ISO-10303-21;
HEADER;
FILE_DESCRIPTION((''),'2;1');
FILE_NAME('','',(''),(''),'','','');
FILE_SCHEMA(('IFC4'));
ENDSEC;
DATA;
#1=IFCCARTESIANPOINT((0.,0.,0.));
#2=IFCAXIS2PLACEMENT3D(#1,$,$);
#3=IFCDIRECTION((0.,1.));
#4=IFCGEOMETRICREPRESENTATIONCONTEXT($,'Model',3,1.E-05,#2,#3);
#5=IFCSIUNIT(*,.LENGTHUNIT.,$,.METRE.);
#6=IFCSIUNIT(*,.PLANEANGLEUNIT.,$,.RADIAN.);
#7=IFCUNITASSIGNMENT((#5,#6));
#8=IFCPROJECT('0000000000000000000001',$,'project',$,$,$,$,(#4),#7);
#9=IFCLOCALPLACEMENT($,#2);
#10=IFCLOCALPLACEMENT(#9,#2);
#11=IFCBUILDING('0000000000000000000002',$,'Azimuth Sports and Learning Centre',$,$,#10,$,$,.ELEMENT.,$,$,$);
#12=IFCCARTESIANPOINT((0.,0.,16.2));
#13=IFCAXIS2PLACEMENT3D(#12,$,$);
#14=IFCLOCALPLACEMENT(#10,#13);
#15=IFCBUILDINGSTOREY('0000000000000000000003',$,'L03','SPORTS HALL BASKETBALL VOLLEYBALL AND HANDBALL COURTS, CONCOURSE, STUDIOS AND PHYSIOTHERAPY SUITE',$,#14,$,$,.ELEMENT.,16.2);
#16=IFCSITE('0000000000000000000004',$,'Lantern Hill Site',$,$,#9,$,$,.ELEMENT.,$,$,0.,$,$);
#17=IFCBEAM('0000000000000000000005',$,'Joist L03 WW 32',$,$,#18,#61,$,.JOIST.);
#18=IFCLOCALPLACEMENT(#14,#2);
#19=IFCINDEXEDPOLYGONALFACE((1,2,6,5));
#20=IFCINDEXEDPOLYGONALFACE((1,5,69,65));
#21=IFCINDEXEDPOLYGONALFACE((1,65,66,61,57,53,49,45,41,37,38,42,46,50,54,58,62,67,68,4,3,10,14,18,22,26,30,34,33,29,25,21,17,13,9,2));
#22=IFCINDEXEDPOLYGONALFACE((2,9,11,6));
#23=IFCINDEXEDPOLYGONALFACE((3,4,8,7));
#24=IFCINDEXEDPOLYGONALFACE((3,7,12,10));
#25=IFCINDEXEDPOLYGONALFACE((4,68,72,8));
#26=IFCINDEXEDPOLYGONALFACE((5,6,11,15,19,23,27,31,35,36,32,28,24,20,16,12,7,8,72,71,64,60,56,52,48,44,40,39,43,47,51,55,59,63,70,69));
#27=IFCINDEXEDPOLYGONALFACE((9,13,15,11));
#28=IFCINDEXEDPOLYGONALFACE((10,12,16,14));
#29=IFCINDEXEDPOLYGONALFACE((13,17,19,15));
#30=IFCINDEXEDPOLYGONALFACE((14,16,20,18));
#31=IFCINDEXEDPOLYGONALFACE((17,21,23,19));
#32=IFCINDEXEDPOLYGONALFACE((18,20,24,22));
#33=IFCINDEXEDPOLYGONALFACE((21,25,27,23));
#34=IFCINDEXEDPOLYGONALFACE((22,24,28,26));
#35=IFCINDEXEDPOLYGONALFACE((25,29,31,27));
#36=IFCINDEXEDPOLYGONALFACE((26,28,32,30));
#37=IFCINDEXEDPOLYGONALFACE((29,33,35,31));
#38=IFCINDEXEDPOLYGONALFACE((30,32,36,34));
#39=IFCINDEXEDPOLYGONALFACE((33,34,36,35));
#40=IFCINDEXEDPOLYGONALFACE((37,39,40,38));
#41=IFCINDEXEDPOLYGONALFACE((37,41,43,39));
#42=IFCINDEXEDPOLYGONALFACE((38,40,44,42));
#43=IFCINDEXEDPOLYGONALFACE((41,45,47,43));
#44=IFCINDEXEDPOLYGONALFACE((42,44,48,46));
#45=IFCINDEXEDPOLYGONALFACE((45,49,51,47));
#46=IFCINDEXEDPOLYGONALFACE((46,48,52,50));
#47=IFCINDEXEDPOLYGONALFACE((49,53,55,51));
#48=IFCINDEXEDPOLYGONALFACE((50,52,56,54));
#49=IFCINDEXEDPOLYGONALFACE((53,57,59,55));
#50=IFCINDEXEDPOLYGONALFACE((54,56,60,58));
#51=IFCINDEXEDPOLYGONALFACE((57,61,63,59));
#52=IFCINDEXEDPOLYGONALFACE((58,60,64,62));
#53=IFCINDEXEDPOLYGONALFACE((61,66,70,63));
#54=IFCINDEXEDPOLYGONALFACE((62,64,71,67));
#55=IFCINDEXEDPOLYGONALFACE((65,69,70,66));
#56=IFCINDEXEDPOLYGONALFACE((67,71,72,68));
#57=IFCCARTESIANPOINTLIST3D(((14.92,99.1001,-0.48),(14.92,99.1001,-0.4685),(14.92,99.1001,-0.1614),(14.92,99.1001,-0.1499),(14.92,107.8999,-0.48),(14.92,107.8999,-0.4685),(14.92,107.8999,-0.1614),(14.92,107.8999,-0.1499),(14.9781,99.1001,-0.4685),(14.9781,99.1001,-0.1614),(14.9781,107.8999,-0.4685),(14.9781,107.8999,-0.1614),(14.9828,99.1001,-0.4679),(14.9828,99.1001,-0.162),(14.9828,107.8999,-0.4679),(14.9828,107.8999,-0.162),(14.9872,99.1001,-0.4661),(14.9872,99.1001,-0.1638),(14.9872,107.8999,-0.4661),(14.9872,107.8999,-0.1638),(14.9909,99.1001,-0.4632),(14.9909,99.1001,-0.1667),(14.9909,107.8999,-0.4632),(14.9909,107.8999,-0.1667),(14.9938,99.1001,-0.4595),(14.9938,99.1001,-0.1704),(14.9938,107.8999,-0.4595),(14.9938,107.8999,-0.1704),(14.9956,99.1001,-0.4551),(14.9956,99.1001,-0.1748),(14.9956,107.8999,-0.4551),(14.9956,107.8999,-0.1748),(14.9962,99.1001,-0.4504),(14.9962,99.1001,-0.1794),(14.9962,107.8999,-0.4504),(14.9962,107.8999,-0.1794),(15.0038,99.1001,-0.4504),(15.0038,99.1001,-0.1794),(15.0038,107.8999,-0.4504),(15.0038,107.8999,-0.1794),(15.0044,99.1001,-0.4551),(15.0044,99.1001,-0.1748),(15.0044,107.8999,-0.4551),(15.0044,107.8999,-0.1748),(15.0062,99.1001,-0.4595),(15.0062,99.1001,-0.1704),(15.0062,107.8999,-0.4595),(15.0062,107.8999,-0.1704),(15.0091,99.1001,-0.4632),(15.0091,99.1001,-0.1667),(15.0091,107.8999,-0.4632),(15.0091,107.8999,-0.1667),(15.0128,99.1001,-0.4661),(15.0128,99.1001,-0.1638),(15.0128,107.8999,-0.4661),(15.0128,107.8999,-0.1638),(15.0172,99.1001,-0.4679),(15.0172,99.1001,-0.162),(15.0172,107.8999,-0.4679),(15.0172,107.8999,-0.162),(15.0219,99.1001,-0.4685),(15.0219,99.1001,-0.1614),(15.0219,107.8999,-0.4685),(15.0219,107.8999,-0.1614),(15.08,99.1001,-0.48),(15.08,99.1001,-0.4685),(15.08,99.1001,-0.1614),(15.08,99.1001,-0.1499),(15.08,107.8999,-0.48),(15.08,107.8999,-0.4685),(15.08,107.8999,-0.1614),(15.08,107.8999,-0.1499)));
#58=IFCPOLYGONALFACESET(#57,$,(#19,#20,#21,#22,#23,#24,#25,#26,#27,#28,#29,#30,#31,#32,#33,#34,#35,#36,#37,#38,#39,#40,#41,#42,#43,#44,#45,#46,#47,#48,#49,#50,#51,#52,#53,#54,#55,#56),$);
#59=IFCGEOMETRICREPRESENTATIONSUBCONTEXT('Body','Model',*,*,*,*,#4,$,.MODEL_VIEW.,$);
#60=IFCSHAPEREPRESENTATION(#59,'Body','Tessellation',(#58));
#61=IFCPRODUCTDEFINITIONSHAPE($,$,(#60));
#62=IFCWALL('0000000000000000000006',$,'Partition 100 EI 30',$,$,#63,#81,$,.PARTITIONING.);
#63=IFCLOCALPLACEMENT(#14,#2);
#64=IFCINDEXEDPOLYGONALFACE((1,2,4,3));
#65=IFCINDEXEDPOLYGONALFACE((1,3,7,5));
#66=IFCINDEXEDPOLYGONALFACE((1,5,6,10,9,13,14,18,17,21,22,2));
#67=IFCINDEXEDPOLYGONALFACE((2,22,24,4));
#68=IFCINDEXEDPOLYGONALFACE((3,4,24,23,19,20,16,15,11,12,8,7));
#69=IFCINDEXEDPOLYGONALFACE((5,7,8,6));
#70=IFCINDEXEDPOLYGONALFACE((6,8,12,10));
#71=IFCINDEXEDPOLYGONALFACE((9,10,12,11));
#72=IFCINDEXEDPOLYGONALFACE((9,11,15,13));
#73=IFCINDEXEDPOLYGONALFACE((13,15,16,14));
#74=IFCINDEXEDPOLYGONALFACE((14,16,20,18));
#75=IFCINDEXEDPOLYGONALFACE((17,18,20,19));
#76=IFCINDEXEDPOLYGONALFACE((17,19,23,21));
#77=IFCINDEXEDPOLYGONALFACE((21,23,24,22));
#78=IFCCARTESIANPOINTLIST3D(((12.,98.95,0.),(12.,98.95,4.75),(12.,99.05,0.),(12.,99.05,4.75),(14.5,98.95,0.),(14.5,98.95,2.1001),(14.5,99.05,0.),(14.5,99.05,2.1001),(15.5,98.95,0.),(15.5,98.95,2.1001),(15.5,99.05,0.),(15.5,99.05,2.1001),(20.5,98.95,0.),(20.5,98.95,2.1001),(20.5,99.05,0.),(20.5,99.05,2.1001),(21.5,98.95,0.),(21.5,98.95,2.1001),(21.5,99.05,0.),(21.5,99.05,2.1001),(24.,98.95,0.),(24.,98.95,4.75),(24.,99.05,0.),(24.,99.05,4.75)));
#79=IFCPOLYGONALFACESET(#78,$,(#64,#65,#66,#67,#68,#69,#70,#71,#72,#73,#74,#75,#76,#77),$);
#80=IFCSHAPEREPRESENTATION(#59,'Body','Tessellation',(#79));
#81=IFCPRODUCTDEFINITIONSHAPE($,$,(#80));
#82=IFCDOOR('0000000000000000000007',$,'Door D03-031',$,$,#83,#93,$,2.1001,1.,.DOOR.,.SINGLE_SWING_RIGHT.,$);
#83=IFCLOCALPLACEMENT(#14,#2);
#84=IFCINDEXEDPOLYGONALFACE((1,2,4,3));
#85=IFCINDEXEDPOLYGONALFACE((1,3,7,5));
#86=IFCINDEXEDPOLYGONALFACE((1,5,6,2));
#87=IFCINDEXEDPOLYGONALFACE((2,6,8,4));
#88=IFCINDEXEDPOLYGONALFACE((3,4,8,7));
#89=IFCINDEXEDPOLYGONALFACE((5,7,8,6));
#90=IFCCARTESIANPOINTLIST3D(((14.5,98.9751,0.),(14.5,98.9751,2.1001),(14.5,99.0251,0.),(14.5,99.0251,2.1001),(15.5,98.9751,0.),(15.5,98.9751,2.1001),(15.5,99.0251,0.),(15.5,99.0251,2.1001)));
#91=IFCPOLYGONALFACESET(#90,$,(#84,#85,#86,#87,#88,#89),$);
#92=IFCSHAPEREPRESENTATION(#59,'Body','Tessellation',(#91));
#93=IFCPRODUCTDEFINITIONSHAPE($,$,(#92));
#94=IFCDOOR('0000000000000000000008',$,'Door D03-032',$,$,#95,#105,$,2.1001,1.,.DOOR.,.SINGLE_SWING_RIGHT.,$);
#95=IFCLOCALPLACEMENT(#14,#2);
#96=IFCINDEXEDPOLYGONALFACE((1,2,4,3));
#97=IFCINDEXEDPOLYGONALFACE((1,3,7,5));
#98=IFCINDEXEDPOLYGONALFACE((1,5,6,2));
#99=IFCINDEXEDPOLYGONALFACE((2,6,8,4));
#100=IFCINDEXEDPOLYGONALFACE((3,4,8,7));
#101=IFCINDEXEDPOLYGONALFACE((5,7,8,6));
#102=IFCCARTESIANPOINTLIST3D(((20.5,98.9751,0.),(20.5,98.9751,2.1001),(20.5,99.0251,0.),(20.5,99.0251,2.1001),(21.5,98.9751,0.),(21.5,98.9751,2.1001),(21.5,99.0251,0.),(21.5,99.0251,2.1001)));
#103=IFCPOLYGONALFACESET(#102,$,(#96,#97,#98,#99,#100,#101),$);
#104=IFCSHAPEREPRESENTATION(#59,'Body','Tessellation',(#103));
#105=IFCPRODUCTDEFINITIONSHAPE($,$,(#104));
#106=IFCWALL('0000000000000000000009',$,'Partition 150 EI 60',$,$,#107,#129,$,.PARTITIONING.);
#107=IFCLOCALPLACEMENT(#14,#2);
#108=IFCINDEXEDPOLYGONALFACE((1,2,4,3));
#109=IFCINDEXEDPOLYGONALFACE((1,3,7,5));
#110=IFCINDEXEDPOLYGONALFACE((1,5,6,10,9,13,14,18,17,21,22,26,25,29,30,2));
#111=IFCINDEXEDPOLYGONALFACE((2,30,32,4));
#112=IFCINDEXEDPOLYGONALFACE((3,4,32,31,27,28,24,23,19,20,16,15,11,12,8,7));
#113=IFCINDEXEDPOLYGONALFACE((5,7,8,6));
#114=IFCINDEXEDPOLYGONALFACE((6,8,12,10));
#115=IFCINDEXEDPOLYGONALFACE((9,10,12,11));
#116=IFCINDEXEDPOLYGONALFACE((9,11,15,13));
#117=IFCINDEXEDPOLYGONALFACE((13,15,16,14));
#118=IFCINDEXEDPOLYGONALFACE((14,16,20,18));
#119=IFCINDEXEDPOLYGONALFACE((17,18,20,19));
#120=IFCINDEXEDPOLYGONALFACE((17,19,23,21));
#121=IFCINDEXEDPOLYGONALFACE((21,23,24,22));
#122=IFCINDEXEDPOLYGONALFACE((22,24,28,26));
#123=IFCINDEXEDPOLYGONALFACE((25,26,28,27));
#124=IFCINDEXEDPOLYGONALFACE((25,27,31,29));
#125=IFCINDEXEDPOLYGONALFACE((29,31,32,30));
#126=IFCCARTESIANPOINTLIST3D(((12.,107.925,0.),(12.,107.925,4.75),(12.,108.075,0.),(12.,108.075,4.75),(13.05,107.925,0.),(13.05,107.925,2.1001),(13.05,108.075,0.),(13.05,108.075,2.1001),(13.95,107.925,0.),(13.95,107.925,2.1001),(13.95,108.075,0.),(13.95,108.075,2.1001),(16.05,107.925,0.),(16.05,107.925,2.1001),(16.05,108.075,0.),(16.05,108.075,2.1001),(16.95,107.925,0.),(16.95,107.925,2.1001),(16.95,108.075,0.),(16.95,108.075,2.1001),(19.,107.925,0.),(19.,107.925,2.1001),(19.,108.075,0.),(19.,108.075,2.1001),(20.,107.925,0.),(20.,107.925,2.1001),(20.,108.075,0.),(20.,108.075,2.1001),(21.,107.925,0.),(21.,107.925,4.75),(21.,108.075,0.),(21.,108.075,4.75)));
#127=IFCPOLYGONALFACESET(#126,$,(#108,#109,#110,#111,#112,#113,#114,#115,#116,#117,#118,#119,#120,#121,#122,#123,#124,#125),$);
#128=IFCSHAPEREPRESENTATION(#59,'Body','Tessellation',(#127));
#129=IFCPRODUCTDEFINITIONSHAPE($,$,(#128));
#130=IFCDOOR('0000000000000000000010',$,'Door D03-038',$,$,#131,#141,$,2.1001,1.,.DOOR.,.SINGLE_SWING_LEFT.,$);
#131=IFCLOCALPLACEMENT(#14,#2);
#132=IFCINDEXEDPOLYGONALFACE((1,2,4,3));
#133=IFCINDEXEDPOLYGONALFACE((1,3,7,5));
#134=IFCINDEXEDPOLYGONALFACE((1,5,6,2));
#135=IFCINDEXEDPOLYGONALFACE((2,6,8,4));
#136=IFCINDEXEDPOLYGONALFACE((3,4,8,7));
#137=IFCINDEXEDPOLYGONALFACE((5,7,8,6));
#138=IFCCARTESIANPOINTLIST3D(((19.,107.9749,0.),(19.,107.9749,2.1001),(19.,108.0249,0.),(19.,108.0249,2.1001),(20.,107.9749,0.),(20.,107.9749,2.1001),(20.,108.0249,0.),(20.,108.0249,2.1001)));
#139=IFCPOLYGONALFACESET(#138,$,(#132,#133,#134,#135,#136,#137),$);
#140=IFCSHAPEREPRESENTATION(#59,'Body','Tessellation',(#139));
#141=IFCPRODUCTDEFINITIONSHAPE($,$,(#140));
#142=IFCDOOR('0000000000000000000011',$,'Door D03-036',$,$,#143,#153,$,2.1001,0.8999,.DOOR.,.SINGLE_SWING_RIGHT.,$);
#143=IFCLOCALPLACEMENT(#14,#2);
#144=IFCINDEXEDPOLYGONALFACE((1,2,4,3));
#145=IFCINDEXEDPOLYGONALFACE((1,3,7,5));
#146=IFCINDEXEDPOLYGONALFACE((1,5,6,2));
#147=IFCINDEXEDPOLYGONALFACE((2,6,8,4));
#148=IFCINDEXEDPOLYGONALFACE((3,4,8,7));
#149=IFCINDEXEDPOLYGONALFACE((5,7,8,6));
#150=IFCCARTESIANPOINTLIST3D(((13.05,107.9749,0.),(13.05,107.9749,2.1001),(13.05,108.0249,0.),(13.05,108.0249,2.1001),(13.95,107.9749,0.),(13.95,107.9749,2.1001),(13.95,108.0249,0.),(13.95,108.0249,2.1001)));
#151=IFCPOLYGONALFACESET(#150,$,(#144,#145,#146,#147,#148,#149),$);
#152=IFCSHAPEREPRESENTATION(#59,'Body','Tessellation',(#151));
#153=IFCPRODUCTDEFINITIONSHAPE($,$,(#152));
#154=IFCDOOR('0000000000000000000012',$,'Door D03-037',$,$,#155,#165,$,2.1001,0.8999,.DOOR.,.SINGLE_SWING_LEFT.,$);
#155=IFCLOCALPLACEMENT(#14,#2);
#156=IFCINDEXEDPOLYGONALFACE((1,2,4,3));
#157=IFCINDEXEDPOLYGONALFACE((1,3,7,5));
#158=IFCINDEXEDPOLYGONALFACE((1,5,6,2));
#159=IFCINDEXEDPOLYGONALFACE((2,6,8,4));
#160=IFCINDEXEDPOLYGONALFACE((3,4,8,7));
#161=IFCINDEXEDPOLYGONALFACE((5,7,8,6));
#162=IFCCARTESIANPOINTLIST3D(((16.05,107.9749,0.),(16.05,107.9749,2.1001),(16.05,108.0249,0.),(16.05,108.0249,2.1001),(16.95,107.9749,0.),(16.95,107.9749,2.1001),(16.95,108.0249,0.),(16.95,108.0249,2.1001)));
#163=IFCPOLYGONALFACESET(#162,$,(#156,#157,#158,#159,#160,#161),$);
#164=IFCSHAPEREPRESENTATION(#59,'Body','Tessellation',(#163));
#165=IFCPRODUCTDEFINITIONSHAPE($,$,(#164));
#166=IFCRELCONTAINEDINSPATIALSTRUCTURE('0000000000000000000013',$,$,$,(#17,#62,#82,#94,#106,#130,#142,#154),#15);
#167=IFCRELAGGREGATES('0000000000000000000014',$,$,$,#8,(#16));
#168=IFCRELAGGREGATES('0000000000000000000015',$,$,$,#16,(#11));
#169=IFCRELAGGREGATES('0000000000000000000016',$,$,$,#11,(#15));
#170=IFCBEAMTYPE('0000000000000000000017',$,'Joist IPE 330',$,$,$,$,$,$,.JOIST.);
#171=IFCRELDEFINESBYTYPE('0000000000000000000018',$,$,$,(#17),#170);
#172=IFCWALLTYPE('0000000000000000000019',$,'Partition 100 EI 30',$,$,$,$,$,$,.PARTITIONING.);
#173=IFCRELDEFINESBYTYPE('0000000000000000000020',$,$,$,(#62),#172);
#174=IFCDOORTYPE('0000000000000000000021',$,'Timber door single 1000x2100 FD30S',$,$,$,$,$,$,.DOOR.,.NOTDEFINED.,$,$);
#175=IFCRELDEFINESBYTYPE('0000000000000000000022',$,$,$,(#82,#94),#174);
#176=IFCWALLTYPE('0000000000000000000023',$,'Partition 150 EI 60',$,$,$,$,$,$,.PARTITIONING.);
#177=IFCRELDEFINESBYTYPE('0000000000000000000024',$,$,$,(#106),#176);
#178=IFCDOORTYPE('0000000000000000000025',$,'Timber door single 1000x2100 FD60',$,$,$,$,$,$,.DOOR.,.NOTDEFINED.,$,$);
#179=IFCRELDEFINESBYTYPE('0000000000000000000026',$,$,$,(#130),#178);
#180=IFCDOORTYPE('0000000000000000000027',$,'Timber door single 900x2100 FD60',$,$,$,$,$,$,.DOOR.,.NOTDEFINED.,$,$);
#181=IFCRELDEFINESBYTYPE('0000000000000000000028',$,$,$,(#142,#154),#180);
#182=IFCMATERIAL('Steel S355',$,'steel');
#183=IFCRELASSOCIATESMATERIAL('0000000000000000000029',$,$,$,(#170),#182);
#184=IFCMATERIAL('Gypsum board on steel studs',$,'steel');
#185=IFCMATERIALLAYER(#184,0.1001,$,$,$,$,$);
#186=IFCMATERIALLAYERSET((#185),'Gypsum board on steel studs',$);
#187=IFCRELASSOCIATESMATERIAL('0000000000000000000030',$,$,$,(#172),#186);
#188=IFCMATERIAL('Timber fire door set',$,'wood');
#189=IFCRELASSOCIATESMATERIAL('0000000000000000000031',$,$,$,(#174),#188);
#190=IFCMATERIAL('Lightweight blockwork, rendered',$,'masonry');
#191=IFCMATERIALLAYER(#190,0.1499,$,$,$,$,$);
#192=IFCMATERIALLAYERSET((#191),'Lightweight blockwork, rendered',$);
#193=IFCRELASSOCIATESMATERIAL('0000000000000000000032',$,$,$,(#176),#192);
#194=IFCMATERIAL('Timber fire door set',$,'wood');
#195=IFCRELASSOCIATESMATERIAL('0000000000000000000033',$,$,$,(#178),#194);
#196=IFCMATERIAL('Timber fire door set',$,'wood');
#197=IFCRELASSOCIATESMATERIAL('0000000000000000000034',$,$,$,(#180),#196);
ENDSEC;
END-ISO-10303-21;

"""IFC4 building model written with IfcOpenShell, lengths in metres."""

from ifc_helpers import new_model, si_unit, direction, frame, frame_2d, origin, origin_2d, place, context, subcontext, project, spatial, rectangle, i_section, extrude, material, layer, layer_set, material_profile, profile_set, type_object, element, fill, save


model = new_model("IFC4")

# Units and contexts
model_context = context("Model", 3, precision=1e-05, world=origin(), true_north=direction((0.0, 1.0)))
body_context = subcontext(model_context, "Body", "Model", "MODEL_VIEW")
ifc_project = project(units=[si_unit("LENGTHUNIT", "METRE"), si_unit("PLANEANGLEUNIT", "RADIAN")], contexts=[model_context])

# Site, building, storey
site_placement = place(None, origin())
site = spatial("IfcSite", under=ifc_project, at=site_placement, Name="Lantern Hill Site", CompositionType="ELEMENT", RefElevation=0.0)
building_placement = place(site_placement, origin())
building = spatial("IfcBuilding", under=site, at=building_placement, Name="Azimuth Sports and Learning Centre", CompositionType="ELEMENT")
storey_placement = place(building_placement, frame((0.0, 0.0, 16.2)))
storey = spatial("IfcBuildingStorey", under=building, at=storey_placement, Name="L03", Description="SPORTS HALL BASKETBALL VOLLEYBALL AND HANDBALL COURTS, CONCOURSE, STUDIOS AND PHYSIOTHERAPY SUITE", CompositionType="ELEMENT", Elevation=16.2)

# Beam
ifc_material_1 = material(Name="Steel S355", Category="steel")
ifc_material_profile_1 = material_profile(ifc_material_1, i_section(OverallWidth=0.1599, OverallDepth=0.3301, WebThickness=0.0076, FlangeThickness=0.0115, FilletRadius=0.0181, at=origin_2d()), Name="IPE 330")
ifc_profile_set_1 = profile_set([ifc_material_profile_1], Name="Steel S355")
beam_type_1 = type_object("IfcBeamType", Name="Joist IPE 330", PredefinedType="JOIST", material=ifc_profile_set_1)
beam_1_placement = place(storey_placement, frame((15.0, 99.1001, -0.3149), z_axis=(0.0, 1.0, 0.0), x_axis=(-1.0, 0.0, 0.0)))
element("IfcBeam", 1, at=beam_1_placement, inside=storey, type_object=beam_type_1, Name="Joist L03 WW 32", PredefinedType="JOIST", context=body_context, shape_type="SweptSolid", body=[
    extrude(i_section(OverallWidth=0.1599, OverallDepth=0.3301, WebThickness=0.0076, FlangeThickness=0.0115, FilletRadius=0.0181, at=origin_2d()), origin(), (0.0, 0.0, 1.0), 8.7998),
])

# Walls, openings, doors
ifc_material_2 = material(Name="Gypsum board on steel studs", Category="steel")
ifc_layer_1 = layer(ifc_material_2, 0.1001)
ifc_layer_set_1 = layer_set([ifc_layer_1], Name="Gypsum board on steel studs")
wall_type_1 = type_object("IfcWallType", Name="Partition 100 EI 30", PredefinedType="PARTITIONING", material=ifc_layer_set_1)
wall_1_placement = place(storey_placement, frame((12.0, 99.0, 0.0), z_axis=(0.0, 0.0, 1.0), x_axis=(1.0, 0.0, 0.0)))
wall_1 = element("IfcWall", 2, at=wall_1_placement, inside=storey, type_object=wall_type_1, Name="Partition 100 EI 30", PredefinedType="PARTITIONING", context=body_context, shape_type="SweptSolid", body=[
    extrude(rectangle(XDim=12.0, YDim=0.1001, at=frame_2d((6.0, 0.0))), origin(), (0.0, 0.0, 1.0), 4.75),
])
opening_1_placement = place(wall_1_placement, frame((2.5, 0.0, 0.0)))
opening_1 = element("IfcOpeningElement", 3, at=opening_1_placement, cuts=wall_1, PredefinedType="OPENING", context=body_context, shape_type="SweptSolid", body=[
    extrude(rectangle(XDim=1.0, YDim=2.1001, at=frame_2d((0.5, 1.05))), frame((0.0, 0.061, 0.0), z_axis=(0.0, -1.0, 0.0), x_axis=(1.0, 0.0, 0.0)), (0.0, 0.0, 1.0), 0.1221),
])
opening_2_placement = place(wall_1_placement, frame((8.5, 0.0, 0.0)))
opening_2 = element("IfcOpeningElement", 4, at=opening_2_placement, cuts=wall_1, PredefinedType="OPENING", context=body_context, shape_type="SweptSolid", body=[
    extrude(rectangle(XDim=1.0, YDim=2.1001, at=frame_2d((0.5, 1.05))), frame((0.0, 0.061, 0.0), z_axis=(0.0, -1.0, 0.0), x_axis=(1.0, 0.0, 0.0)), (0.0, 0.0, 1.0), 0.1221),
])
ifc_material_3 = material(Name="Timber fire door set", Category="wood")
door_type_1 = type_object("IfcDoorType", Name="Timber door single 1000x2100 FD30S", OperationType="NOTDEFINED", PredefinedType="DOOR", material=ifc_material_3)
door_1_placement = place(opening_1_placement, frame((1.0, 0.0, 0.0), z_axis=(0.0, 0.0, 1.0), x_axis=(-1.0, 0.0, 0.0)))
door_1 = element("IfcDoor", 5, at=door_1_placement, inside=storey, type_object=door_type_1, Name="Door D03-031", OperationType="SINGLE_SWING_RIGHT", OverallHeight=2.1001, OverallWidth=1.0, PredefinedType="DOOR", context=body_context, shape_type="SweptSolid", body=[
    extrude(rectangle(XDim=1.0, YDim=2.1001, at=frame_2d((0.5, 1.05))), frame((0.0, 0.0249, 0.0), z_axis=(0.0, -1.0, 0.0), x_axis=(1.0, 0.0, 0.0)), (0.0, 0.0, 1.0), 0.05),
])
fill(opening_1, door_1)
door_2_placement = place(opening_2_placement, frame((1.0, 0.0, 0.0), z_axis=(0.0, 0.0, 1.0), x_axis=(-1.0, 0.0, 0.0)))
door_2 = element("IfcDoor", 6, at=door_2_placement, inside=storey, type_object=door_type_1, Name="Door D03-032", OperationType="SINGLE_SWING_RIGHT", OverallHeight=2.1001, OverallWidth=1.0, PredefinedType="DOOR", context=body_context, shape_type="SweptSolid", body=[
    extrude(rectangle(XDim=1.0, YDim=2.1001, at=frame_2d((0.5, 1.05))), frame((0.0, 0.0249, 0.0), z_axis=(0.0, -1.0, 0.0), x_axis=(1.0, 0.0, 0.0)), (0.0, 0.0, 1.0), 0.05),
])
fill(opening_2, door_2)
ifc_material_4 = material(Name="Lightweight blockwork, rendered", Category="masonry")
ifc_layer_2 = layer(ifc_material_4, 0.1499)
ifc_layer_set_2 = layer_set([ifc_layer_2], Name="Lightweight blockwork, rendered")
wall_type_2 = type_object("IfcWallType", Name="Partition 150 EI 60", PredefinedType="PARTITIONING", material=ifc_layer_set_2)
wall_2_placement = place(storey_placement, frame((12.0, 108.0, 0.0), z_axis=(0.0, 0.0, 1.0), x_axis=(1.0, 0.0, 0.0)))
wall_2 = element("IfcWall", 7, at=wall_2_placement, inside=storey, type_object=wall_type_2, Name="Partition 150 EI 60", PredefinedType="PARTITIONING", context=body_context, shape_type="SweptSolid", body=[
    extrude(rectangle(XDim=9.0, YDim=0.1499, at=frame_2d((4.5, 0.0))), origin(), (0.0, 0.0, 1.0), 4.75),
])
opening_3_placement = place(wall_2_placement, frame((1.05, 0.0, 0.0)))
opening_3 = element("IfcOpeningElement", 8, at=opening_3_placement, cuts=wall_2, PredefinedType="OPENING", context=body_context, shape_type="SweptSolid", body=[
    extrude(rectangle(XDim=0.8999, YDim=2.1001, at=frame_2d((0.45, 1.05))), frame((0.0, 0.0859, 0.0), z_axis=(0.0, -1.0, 0.0), x_axis=(1.0, 0.0, 0.0)), (0.0, 0.0, 1.0), 0.1719),
])
opening_4_placement = place(wall_2_placement, frame((4.05, 0.0, 0.0)))
opening_4 = element("IfcOpeningElement", 9, at=opening_4_placement, cuts=wall_2, PredefinedType="OPENING", context=body_context, shape_type="SweptSolid", body=[
    extrude(rectangle(XDim=0.8999, YDim=2.1001, at=frame_2d((0.45, 1.05))), frame((0.0, 0.0859, 0.0), z_axis=(0.0, -1.0, 0.0), x_axis=(1.0, 0.0, 0.0)), (0.0, 0.0, 1.0), 0.1719),
])
opening_5_placement = place(wall_2_placement, frame((7.0, 0.0, 0.0)))
opening_5 = element("IfcOpeningElement", 10, at=opening_5_placement, cuts=wall_2, PredefinedType="OPENING", context=body_context, shape_type="SweptSolid", body=[
    extrude(rectangle(XDim=1.0, YDim=2.1001, at=frame_2d((0.5, 1.05))), frame((0.0, 0.0859, 0.0), z_axis=(0.0, -1.0, 0.0), x_axis=(1.0, 0.0, 0.0)), (0.0, 0.0, 1.0), 0.1719),
])
ifc_material_5 = material(Name="Timber fire door set", Category="wood")
door_type_2 = type_object("IfcDoorType", Name="Timber door single 1000x2100 FD60", OperationType="NOTDEFINED", PredefinedType="DOOR", material=ifc_material_5)
door_3_placement = place(opening_5_placement, origin())
door_3 = element("IfcDoor", 11, at=door_3_placement, inside=storey, type_object=door_type_2, Name="Door D03-038", OperationType="SINGLE_SWING_LEFT", OverallHeight=2.1001, OverallWidth=1.0, PredefinedType="DOOR", context=body_context, shape_type="SweptSolid", body=[
    extrude(rectangle(XDim=1.0, YDim=2.1001, at=frame_2d((0.5, 1.05))), frame((0.0, 0.0249, 0.0), z_axis=(0.0, -1.0, 0.0), x_axis=(1.0, 0.0, 0.0)), (0.0, 0.0, 1.0), 0.05),
])
fill(opening_5, door_3)
ifc_material_6 = material(Name="Timber fire door set", Category="wood")
door_type_3 = type_object("IfcDoorType", Name="Timber door single 900x2100 FD60", OperationType="NOTDEFINED", PredefinedType="DOOR", material=ifc_material_6)
door_4_placement = place(opening_3_placement, origin())
door_4 = element("IfcDoor", 12, at=door_4_placement, inside=storey, type_object=door_type_3, Name="Door D03-036", OperationType="SINGLE_SWING_RIGHT", OverallHeight=2.1001, OverallWidth=0.8999, PredefinedType="DOOR", context=body_context, shape_type="SweptSolid", body=[
    extrude(rectangle(XDim=0.8999, YDim=2.1001, at=frame_2d((0.45, 1.05))), frame((0.0, 0.0249, 0.0), z_axis=(0.0, -1.0, 0.0), x_axis=(1.0, 0.0, 0.0)), (0.0, 0.0, 1.0), 0.05),
])
fill(opening_3, door_4)
door_5_placement = place(opening_4_placement, origin())
door_5 = element("IfcDoor", 13, at=door_5_placement, inside=storey, type_object=door_type_3, Name="Door D03-037", OperationType="SINGLE_SWING_LEFT", OverallHeight=2.1001, OverallWidth=0.8999, PredefinedType="DOOR", context=body_context, shape_type="SweptSolid", body=[
    extrude(rectangle(XDim=0.8999, YDim=2.1001, at=frame_2d((0.45, 1.05))), frame((0.0, 0.0249, 0.0), z_axis=(0.0, -1.0, 0.0), x_axis=(1.0, 0.0, 0.0)), (0.0, 0.0, 1.0), 0.05),
])
fill(opening_4, door_5)

save(model, "model.ifc")
